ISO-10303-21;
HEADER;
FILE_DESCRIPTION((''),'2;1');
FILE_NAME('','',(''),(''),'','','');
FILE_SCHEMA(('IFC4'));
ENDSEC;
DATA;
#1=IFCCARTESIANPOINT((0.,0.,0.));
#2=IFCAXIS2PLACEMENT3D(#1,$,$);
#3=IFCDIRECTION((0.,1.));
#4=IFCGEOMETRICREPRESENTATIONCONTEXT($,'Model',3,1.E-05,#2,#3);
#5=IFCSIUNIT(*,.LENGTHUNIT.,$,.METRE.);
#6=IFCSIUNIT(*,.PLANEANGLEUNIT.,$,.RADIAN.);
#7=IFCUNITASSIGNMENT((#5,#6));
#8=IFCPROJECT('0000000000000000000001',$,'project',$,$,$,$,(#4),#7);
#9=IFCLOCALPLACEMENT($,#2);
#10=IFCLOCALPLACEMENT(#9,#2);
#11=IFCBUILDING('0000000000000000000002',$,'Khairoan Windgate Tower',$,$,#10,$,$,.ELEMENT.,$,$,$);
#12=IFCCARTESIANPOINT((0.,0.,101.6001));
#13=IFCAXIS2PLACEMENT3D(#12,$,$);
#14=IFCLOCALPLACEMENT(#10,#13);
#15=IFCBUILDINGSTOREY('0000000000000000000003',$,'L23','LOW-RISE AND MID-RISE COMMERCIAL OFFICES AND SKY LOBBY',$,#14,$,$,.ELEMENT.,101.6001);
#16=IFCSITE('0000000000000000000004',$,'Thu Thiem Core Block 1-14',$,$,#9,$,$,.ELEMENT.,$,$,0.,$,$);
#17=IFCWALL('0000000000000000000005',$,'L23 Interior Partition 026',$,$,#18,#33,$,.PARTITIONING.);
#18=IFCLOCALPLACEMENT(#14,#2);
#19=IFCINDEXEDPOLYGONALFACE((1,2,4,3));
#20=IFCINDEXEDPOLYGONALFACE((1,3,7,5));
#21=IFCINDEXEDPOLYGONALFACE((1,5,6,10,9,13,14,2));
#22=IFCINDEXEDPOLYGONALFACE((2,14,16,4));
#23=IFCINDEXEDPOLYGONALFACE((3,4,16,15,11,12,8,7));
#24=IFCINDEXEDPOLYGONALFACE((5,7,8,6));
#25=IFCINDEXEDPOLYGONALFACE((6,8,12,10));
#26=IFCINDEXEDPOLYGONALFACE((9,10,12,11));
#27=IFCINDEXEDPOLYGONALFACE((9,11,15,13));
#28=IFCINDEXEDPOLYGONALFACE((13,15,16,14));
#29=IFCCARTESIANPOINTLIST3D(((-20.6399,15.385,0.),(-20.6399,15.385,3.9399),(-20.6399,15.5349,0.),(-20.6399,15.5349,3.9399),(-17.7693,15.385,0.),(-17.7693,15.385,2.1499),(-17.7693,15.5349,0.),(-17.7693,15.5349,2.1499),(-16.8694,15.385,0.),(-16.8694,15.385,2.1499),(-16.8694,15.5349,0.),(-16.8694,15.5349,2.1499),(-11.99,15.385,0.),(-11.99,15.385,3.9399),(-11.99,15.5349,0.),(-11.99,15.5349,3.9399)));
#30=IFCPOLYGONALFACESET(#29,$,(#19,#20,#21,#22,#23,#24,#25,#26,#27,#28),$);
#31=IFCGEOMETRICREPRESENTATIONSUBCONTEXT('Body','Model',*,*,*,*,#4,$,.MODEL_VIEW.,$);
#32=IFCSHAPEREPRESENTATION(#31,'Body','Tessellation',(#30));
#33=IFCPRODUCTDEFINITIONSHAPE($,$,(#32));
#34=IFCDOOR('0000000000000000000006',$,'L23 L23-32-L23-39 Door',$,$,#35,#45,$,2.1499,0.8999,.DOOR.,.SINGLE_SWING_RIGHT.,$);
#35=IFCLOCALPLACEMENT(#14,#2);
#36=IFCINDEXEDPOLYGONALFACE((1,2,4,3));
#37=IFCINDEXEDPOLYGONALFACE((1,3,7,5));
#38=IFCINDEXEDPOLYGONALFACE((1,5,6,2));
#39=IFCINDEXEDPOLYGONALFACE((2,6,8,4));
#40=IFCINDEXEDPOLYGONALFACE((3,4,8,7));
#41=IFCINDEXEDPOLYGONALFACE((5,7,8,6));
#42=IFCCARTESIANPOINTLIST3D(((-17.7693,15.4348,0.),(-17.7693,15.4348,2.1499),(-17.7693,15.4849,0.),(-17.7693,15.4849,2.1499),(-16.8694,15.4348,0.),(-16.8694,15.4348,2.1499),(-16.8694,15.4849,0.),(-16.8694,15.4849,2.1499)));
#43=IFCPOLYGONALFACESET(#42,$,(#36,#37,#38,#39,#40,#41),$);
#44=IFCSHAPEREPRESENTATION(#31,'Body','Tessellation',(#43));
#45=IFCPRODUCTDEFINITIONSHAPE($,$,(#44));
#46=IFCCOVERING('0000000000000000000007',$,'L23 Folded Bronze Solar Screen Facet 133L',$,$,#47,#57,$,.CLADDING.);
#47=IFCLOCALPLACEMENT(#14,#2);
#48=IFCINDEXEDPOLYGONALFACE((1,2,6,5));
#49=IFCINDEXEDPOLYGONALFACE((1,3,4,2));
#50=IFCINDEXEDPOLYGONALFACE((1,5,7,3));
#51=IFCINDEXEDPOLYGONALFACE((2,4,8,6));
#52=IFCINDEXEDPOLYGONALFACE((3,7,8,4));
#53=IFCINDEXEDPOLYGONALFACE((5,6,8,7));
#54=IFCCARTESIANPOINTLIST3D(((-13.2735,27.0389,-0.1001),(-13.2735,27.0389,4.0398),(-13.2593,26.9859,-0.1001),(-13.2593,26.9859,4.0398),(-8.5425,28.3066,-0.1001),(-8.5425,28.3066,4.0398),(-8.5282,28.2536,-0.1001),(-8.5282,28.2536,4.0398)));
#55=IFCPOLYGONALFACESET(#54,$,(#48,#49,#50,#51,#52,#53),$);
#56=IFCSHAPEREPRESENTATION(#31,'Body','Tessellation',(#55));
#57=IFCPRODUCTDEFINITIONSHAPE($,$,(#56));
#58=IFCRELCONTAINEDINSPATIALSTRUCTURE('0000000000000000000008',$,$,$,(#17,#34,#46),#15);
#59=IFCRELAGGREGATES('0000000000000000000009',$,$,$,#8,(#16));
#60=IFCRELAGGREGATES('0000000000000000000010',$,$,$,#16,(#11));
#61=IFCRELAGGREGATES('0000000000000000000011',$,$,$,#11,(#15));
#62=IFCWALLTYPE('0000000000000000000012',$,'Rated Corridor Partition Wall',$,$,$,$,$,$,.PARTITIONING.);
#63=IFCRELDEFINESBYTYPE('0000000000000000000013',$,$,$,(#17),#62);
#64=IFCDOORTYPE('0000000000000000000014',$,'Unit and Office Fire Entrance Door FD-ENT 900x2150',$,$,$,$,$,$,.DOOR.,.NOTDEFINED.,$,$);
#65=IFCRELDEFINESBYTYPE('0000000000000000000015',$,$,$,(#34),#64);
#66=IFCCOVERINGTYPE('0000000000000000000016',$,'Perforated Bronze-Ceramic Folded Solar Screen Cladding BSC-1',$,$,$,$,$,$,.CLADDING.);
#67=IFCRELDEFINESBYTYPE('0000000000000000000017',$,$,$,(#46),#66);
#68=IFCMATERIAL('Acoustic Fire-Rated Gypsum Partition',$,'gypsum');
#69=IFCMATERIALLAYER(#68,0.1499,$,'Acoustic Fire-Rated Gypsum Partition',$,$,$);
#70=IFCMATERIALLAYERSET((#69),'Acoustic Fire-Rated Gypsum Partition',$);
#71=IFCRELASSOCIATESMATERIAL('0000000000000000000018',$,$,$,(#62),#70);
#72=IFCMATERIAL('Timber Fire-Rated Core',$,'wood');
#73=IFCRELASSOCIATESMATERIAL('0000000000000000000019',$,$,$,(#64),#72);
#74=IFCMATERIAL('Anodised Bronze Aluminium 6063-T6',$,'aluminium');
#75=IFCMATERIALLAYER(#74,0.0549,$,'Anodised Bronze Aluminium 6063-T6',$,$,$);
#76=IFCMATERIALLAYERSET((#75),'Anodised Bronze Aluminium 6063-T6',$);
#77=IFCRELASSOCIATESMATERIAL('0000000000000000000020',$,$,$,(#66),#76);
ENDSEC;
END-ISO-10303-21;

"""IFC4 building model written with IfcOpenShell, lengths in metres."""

from ifc_helpers import new_model, si_unit, direction, frame, frame_2d, origin, origin_2d, place, context, subcontext, project, spatial, rectangle, extrude, material, layer, layer_set, type_object, element, fill, save


model = new_model("IFC4")

# Units and contexts
model_context = context("Model", 3, precision=1e-05, world=origin(), true_north=direction((0.0, 1.0)))
body_context = subcontext(model_context, "Body", "Model", "MODEL_VIEW")
ifc_project = project(units=[si_unit("LENGTHUNIT", "METRE"), si_unit("PLANEANGLEUNIT", "RADIAN")], contexts=[model_context])

# Site, building, storey
site_placement = place(None, origin())
site = spatial("IfcSite", under=ifc_project, at=site_placement, Name="Thu Thiem Core Block 1-14", CompositionType="ELEMENT", RefElevation=0.0)
building_placement = place(site_placement, origin())
building = spatial("IfcBuilding", under=site, at=building_placement, Name="Khairoan Windgate Tower", CompositionType="ELEMENT")
storey_placement = place(building_placement, frame((0.0, 0.0, 101.6001)))
storey = spatial("IfcBuildingStorey", under=building, at=storey_placement, Name="L23", Description="LOW-RISE AND MID-RISE COMMERCIAL OFFICES AND SKY LOBBY", CompositionType="ELEMENT", Elevation=101.6001)

# Wall, opening, door
ifc_material_1 = material(Name="Acoustic Fire-Rated Gypsum Partition", Category="gypsum")
ifc_layer_1 = layer(ifc_material_1, 0.1499, Name="Acoustic Fire-Rated Gypsum Partition")
ifc_layer_set_1 = layer_set([ifc_layer_1], Name="Acoustic Fire-Rated Gypsum Partition")
wall_type_1 = type_object("IfcWallType", Name="Rated Corridor Partition Wall", PredefinedType="PARTITIONING", material=ifc_layer_set_1)
ifc_material_2 = material(Name="Timber Fire-Rated Core", Category="wood")
door_type = type_object("IfcDoorType", Name="Unit and Office Fire Entrance Door FD-ENT 900x2150", OperationType="NOTDEFINED", PredefinedType="DOOR", material=ifc_material_2)
wall_1_placement = place(storey_placement, frame((-20.6399, 15.46, 0.0), z_axis=(0.0, 0.0, 1.0), x_axis=(1.0, 0.0, 0.0)))
wall_1 = element("IfcWall", 1, at=wall_1_placement, inside=storey, type_object=wall_type_1, Name="L23 Interior Partition 026", PredefinedType="PARTITIONING", context=body_context, shape_type="SweptSolid", body=[
    extrude(rectangle(XDim=8.6499, YDim=0.1499, at=frame_2d((4.325, 0.0))), origin(), (0.0, 0.0, 1.0), 3.9399),
])
opening_1_placement = place(wall_1_placement, frame((2.8706, 0.0, 0.0)))
opening_1 = element("IfcOpeningElement", 2, at=opening_1_placement, cuts=wall_1, PredefinedType="OPENING", context=body_context, shape_type="SweptSolid", body=[
    extrude(rectangle(XDim=0.8999, YDim=2.1499, at=frame_2d((0.45, 1.075))), frame((0.0, 0.085, 0.0), z_axis=(0.0, -1.0, 0.0), x_axis=(1.0, 0.0, 0.0)), (0.0, 0.0, 1.0), 0.1699),
])
door_1_placement = place(opening_1_placement, origin())
door_1 = element("IfcDoor", 3, at=door_1_placement, inside=storey, type_object=door_type, Name="L23 L23-32-L23-39 Door", OperationType="SINGLE_SWING_RIGHT", OverallHeight=2.1499, OverallWidth=0.8999, PredefinedType="DOOR", context=body_context, shape_type="SweptSolid", body=[
    extrude(rectangle(XDim=0.8999, YDim=2.1499, at=frame_2d((0.45, 1.075))), frame((0.0, 0.0249, 0.0), z_axis=(0.0, -1.0, 0.0), x_axis=(1.0, 0.0, 0.0)), (0.0, 0.0, 1.0), 0.05),
])
fill(opening_1, door_1)

# Covering
ifc_material_3 = material(Name="Anodised Bronze Aluminium 6063-T6", Category="aluminium")
ifc_layer_2 = layer(ifc_material_3, 0.0549, Name="Anodised Bronze Aluminium 6063-T6")
ifc_layer_set_2 = layer_set([ifc_layer_2], Name="Anodised Bronze Aluminium 6063-T6")
covering_type = type_object("IfcCoveringType", Name="Perforated Bronze-Ceramic Folded Solar Screen Cladding BSC-1", PredefinedType="CLADDING", material=ifc_layer_set_2)
covering_placement = place(storey_placement, frame((-10.9009, 27.6462, -0.1001), z_axis=(0.0, 0.0, 1.0), x_axis=(0.965926, 0.258819, 0.0)))
element("IfcCovering", 4, at=covering_placement, inside=storey, type_object=covering_type, Name="L23 Folded Bronze Solar Screen Facet 133L", PredefinedType="CLADDING", context=body_context, shape_type="SweptSolid", body=[
    extrude(rectangle(XDim=4.8979, YDim=0.0549, at=origin_2d()), origin(), (0.0, 0.0, 1.0), 4.1399),
])

save(model, "model.ifc")
